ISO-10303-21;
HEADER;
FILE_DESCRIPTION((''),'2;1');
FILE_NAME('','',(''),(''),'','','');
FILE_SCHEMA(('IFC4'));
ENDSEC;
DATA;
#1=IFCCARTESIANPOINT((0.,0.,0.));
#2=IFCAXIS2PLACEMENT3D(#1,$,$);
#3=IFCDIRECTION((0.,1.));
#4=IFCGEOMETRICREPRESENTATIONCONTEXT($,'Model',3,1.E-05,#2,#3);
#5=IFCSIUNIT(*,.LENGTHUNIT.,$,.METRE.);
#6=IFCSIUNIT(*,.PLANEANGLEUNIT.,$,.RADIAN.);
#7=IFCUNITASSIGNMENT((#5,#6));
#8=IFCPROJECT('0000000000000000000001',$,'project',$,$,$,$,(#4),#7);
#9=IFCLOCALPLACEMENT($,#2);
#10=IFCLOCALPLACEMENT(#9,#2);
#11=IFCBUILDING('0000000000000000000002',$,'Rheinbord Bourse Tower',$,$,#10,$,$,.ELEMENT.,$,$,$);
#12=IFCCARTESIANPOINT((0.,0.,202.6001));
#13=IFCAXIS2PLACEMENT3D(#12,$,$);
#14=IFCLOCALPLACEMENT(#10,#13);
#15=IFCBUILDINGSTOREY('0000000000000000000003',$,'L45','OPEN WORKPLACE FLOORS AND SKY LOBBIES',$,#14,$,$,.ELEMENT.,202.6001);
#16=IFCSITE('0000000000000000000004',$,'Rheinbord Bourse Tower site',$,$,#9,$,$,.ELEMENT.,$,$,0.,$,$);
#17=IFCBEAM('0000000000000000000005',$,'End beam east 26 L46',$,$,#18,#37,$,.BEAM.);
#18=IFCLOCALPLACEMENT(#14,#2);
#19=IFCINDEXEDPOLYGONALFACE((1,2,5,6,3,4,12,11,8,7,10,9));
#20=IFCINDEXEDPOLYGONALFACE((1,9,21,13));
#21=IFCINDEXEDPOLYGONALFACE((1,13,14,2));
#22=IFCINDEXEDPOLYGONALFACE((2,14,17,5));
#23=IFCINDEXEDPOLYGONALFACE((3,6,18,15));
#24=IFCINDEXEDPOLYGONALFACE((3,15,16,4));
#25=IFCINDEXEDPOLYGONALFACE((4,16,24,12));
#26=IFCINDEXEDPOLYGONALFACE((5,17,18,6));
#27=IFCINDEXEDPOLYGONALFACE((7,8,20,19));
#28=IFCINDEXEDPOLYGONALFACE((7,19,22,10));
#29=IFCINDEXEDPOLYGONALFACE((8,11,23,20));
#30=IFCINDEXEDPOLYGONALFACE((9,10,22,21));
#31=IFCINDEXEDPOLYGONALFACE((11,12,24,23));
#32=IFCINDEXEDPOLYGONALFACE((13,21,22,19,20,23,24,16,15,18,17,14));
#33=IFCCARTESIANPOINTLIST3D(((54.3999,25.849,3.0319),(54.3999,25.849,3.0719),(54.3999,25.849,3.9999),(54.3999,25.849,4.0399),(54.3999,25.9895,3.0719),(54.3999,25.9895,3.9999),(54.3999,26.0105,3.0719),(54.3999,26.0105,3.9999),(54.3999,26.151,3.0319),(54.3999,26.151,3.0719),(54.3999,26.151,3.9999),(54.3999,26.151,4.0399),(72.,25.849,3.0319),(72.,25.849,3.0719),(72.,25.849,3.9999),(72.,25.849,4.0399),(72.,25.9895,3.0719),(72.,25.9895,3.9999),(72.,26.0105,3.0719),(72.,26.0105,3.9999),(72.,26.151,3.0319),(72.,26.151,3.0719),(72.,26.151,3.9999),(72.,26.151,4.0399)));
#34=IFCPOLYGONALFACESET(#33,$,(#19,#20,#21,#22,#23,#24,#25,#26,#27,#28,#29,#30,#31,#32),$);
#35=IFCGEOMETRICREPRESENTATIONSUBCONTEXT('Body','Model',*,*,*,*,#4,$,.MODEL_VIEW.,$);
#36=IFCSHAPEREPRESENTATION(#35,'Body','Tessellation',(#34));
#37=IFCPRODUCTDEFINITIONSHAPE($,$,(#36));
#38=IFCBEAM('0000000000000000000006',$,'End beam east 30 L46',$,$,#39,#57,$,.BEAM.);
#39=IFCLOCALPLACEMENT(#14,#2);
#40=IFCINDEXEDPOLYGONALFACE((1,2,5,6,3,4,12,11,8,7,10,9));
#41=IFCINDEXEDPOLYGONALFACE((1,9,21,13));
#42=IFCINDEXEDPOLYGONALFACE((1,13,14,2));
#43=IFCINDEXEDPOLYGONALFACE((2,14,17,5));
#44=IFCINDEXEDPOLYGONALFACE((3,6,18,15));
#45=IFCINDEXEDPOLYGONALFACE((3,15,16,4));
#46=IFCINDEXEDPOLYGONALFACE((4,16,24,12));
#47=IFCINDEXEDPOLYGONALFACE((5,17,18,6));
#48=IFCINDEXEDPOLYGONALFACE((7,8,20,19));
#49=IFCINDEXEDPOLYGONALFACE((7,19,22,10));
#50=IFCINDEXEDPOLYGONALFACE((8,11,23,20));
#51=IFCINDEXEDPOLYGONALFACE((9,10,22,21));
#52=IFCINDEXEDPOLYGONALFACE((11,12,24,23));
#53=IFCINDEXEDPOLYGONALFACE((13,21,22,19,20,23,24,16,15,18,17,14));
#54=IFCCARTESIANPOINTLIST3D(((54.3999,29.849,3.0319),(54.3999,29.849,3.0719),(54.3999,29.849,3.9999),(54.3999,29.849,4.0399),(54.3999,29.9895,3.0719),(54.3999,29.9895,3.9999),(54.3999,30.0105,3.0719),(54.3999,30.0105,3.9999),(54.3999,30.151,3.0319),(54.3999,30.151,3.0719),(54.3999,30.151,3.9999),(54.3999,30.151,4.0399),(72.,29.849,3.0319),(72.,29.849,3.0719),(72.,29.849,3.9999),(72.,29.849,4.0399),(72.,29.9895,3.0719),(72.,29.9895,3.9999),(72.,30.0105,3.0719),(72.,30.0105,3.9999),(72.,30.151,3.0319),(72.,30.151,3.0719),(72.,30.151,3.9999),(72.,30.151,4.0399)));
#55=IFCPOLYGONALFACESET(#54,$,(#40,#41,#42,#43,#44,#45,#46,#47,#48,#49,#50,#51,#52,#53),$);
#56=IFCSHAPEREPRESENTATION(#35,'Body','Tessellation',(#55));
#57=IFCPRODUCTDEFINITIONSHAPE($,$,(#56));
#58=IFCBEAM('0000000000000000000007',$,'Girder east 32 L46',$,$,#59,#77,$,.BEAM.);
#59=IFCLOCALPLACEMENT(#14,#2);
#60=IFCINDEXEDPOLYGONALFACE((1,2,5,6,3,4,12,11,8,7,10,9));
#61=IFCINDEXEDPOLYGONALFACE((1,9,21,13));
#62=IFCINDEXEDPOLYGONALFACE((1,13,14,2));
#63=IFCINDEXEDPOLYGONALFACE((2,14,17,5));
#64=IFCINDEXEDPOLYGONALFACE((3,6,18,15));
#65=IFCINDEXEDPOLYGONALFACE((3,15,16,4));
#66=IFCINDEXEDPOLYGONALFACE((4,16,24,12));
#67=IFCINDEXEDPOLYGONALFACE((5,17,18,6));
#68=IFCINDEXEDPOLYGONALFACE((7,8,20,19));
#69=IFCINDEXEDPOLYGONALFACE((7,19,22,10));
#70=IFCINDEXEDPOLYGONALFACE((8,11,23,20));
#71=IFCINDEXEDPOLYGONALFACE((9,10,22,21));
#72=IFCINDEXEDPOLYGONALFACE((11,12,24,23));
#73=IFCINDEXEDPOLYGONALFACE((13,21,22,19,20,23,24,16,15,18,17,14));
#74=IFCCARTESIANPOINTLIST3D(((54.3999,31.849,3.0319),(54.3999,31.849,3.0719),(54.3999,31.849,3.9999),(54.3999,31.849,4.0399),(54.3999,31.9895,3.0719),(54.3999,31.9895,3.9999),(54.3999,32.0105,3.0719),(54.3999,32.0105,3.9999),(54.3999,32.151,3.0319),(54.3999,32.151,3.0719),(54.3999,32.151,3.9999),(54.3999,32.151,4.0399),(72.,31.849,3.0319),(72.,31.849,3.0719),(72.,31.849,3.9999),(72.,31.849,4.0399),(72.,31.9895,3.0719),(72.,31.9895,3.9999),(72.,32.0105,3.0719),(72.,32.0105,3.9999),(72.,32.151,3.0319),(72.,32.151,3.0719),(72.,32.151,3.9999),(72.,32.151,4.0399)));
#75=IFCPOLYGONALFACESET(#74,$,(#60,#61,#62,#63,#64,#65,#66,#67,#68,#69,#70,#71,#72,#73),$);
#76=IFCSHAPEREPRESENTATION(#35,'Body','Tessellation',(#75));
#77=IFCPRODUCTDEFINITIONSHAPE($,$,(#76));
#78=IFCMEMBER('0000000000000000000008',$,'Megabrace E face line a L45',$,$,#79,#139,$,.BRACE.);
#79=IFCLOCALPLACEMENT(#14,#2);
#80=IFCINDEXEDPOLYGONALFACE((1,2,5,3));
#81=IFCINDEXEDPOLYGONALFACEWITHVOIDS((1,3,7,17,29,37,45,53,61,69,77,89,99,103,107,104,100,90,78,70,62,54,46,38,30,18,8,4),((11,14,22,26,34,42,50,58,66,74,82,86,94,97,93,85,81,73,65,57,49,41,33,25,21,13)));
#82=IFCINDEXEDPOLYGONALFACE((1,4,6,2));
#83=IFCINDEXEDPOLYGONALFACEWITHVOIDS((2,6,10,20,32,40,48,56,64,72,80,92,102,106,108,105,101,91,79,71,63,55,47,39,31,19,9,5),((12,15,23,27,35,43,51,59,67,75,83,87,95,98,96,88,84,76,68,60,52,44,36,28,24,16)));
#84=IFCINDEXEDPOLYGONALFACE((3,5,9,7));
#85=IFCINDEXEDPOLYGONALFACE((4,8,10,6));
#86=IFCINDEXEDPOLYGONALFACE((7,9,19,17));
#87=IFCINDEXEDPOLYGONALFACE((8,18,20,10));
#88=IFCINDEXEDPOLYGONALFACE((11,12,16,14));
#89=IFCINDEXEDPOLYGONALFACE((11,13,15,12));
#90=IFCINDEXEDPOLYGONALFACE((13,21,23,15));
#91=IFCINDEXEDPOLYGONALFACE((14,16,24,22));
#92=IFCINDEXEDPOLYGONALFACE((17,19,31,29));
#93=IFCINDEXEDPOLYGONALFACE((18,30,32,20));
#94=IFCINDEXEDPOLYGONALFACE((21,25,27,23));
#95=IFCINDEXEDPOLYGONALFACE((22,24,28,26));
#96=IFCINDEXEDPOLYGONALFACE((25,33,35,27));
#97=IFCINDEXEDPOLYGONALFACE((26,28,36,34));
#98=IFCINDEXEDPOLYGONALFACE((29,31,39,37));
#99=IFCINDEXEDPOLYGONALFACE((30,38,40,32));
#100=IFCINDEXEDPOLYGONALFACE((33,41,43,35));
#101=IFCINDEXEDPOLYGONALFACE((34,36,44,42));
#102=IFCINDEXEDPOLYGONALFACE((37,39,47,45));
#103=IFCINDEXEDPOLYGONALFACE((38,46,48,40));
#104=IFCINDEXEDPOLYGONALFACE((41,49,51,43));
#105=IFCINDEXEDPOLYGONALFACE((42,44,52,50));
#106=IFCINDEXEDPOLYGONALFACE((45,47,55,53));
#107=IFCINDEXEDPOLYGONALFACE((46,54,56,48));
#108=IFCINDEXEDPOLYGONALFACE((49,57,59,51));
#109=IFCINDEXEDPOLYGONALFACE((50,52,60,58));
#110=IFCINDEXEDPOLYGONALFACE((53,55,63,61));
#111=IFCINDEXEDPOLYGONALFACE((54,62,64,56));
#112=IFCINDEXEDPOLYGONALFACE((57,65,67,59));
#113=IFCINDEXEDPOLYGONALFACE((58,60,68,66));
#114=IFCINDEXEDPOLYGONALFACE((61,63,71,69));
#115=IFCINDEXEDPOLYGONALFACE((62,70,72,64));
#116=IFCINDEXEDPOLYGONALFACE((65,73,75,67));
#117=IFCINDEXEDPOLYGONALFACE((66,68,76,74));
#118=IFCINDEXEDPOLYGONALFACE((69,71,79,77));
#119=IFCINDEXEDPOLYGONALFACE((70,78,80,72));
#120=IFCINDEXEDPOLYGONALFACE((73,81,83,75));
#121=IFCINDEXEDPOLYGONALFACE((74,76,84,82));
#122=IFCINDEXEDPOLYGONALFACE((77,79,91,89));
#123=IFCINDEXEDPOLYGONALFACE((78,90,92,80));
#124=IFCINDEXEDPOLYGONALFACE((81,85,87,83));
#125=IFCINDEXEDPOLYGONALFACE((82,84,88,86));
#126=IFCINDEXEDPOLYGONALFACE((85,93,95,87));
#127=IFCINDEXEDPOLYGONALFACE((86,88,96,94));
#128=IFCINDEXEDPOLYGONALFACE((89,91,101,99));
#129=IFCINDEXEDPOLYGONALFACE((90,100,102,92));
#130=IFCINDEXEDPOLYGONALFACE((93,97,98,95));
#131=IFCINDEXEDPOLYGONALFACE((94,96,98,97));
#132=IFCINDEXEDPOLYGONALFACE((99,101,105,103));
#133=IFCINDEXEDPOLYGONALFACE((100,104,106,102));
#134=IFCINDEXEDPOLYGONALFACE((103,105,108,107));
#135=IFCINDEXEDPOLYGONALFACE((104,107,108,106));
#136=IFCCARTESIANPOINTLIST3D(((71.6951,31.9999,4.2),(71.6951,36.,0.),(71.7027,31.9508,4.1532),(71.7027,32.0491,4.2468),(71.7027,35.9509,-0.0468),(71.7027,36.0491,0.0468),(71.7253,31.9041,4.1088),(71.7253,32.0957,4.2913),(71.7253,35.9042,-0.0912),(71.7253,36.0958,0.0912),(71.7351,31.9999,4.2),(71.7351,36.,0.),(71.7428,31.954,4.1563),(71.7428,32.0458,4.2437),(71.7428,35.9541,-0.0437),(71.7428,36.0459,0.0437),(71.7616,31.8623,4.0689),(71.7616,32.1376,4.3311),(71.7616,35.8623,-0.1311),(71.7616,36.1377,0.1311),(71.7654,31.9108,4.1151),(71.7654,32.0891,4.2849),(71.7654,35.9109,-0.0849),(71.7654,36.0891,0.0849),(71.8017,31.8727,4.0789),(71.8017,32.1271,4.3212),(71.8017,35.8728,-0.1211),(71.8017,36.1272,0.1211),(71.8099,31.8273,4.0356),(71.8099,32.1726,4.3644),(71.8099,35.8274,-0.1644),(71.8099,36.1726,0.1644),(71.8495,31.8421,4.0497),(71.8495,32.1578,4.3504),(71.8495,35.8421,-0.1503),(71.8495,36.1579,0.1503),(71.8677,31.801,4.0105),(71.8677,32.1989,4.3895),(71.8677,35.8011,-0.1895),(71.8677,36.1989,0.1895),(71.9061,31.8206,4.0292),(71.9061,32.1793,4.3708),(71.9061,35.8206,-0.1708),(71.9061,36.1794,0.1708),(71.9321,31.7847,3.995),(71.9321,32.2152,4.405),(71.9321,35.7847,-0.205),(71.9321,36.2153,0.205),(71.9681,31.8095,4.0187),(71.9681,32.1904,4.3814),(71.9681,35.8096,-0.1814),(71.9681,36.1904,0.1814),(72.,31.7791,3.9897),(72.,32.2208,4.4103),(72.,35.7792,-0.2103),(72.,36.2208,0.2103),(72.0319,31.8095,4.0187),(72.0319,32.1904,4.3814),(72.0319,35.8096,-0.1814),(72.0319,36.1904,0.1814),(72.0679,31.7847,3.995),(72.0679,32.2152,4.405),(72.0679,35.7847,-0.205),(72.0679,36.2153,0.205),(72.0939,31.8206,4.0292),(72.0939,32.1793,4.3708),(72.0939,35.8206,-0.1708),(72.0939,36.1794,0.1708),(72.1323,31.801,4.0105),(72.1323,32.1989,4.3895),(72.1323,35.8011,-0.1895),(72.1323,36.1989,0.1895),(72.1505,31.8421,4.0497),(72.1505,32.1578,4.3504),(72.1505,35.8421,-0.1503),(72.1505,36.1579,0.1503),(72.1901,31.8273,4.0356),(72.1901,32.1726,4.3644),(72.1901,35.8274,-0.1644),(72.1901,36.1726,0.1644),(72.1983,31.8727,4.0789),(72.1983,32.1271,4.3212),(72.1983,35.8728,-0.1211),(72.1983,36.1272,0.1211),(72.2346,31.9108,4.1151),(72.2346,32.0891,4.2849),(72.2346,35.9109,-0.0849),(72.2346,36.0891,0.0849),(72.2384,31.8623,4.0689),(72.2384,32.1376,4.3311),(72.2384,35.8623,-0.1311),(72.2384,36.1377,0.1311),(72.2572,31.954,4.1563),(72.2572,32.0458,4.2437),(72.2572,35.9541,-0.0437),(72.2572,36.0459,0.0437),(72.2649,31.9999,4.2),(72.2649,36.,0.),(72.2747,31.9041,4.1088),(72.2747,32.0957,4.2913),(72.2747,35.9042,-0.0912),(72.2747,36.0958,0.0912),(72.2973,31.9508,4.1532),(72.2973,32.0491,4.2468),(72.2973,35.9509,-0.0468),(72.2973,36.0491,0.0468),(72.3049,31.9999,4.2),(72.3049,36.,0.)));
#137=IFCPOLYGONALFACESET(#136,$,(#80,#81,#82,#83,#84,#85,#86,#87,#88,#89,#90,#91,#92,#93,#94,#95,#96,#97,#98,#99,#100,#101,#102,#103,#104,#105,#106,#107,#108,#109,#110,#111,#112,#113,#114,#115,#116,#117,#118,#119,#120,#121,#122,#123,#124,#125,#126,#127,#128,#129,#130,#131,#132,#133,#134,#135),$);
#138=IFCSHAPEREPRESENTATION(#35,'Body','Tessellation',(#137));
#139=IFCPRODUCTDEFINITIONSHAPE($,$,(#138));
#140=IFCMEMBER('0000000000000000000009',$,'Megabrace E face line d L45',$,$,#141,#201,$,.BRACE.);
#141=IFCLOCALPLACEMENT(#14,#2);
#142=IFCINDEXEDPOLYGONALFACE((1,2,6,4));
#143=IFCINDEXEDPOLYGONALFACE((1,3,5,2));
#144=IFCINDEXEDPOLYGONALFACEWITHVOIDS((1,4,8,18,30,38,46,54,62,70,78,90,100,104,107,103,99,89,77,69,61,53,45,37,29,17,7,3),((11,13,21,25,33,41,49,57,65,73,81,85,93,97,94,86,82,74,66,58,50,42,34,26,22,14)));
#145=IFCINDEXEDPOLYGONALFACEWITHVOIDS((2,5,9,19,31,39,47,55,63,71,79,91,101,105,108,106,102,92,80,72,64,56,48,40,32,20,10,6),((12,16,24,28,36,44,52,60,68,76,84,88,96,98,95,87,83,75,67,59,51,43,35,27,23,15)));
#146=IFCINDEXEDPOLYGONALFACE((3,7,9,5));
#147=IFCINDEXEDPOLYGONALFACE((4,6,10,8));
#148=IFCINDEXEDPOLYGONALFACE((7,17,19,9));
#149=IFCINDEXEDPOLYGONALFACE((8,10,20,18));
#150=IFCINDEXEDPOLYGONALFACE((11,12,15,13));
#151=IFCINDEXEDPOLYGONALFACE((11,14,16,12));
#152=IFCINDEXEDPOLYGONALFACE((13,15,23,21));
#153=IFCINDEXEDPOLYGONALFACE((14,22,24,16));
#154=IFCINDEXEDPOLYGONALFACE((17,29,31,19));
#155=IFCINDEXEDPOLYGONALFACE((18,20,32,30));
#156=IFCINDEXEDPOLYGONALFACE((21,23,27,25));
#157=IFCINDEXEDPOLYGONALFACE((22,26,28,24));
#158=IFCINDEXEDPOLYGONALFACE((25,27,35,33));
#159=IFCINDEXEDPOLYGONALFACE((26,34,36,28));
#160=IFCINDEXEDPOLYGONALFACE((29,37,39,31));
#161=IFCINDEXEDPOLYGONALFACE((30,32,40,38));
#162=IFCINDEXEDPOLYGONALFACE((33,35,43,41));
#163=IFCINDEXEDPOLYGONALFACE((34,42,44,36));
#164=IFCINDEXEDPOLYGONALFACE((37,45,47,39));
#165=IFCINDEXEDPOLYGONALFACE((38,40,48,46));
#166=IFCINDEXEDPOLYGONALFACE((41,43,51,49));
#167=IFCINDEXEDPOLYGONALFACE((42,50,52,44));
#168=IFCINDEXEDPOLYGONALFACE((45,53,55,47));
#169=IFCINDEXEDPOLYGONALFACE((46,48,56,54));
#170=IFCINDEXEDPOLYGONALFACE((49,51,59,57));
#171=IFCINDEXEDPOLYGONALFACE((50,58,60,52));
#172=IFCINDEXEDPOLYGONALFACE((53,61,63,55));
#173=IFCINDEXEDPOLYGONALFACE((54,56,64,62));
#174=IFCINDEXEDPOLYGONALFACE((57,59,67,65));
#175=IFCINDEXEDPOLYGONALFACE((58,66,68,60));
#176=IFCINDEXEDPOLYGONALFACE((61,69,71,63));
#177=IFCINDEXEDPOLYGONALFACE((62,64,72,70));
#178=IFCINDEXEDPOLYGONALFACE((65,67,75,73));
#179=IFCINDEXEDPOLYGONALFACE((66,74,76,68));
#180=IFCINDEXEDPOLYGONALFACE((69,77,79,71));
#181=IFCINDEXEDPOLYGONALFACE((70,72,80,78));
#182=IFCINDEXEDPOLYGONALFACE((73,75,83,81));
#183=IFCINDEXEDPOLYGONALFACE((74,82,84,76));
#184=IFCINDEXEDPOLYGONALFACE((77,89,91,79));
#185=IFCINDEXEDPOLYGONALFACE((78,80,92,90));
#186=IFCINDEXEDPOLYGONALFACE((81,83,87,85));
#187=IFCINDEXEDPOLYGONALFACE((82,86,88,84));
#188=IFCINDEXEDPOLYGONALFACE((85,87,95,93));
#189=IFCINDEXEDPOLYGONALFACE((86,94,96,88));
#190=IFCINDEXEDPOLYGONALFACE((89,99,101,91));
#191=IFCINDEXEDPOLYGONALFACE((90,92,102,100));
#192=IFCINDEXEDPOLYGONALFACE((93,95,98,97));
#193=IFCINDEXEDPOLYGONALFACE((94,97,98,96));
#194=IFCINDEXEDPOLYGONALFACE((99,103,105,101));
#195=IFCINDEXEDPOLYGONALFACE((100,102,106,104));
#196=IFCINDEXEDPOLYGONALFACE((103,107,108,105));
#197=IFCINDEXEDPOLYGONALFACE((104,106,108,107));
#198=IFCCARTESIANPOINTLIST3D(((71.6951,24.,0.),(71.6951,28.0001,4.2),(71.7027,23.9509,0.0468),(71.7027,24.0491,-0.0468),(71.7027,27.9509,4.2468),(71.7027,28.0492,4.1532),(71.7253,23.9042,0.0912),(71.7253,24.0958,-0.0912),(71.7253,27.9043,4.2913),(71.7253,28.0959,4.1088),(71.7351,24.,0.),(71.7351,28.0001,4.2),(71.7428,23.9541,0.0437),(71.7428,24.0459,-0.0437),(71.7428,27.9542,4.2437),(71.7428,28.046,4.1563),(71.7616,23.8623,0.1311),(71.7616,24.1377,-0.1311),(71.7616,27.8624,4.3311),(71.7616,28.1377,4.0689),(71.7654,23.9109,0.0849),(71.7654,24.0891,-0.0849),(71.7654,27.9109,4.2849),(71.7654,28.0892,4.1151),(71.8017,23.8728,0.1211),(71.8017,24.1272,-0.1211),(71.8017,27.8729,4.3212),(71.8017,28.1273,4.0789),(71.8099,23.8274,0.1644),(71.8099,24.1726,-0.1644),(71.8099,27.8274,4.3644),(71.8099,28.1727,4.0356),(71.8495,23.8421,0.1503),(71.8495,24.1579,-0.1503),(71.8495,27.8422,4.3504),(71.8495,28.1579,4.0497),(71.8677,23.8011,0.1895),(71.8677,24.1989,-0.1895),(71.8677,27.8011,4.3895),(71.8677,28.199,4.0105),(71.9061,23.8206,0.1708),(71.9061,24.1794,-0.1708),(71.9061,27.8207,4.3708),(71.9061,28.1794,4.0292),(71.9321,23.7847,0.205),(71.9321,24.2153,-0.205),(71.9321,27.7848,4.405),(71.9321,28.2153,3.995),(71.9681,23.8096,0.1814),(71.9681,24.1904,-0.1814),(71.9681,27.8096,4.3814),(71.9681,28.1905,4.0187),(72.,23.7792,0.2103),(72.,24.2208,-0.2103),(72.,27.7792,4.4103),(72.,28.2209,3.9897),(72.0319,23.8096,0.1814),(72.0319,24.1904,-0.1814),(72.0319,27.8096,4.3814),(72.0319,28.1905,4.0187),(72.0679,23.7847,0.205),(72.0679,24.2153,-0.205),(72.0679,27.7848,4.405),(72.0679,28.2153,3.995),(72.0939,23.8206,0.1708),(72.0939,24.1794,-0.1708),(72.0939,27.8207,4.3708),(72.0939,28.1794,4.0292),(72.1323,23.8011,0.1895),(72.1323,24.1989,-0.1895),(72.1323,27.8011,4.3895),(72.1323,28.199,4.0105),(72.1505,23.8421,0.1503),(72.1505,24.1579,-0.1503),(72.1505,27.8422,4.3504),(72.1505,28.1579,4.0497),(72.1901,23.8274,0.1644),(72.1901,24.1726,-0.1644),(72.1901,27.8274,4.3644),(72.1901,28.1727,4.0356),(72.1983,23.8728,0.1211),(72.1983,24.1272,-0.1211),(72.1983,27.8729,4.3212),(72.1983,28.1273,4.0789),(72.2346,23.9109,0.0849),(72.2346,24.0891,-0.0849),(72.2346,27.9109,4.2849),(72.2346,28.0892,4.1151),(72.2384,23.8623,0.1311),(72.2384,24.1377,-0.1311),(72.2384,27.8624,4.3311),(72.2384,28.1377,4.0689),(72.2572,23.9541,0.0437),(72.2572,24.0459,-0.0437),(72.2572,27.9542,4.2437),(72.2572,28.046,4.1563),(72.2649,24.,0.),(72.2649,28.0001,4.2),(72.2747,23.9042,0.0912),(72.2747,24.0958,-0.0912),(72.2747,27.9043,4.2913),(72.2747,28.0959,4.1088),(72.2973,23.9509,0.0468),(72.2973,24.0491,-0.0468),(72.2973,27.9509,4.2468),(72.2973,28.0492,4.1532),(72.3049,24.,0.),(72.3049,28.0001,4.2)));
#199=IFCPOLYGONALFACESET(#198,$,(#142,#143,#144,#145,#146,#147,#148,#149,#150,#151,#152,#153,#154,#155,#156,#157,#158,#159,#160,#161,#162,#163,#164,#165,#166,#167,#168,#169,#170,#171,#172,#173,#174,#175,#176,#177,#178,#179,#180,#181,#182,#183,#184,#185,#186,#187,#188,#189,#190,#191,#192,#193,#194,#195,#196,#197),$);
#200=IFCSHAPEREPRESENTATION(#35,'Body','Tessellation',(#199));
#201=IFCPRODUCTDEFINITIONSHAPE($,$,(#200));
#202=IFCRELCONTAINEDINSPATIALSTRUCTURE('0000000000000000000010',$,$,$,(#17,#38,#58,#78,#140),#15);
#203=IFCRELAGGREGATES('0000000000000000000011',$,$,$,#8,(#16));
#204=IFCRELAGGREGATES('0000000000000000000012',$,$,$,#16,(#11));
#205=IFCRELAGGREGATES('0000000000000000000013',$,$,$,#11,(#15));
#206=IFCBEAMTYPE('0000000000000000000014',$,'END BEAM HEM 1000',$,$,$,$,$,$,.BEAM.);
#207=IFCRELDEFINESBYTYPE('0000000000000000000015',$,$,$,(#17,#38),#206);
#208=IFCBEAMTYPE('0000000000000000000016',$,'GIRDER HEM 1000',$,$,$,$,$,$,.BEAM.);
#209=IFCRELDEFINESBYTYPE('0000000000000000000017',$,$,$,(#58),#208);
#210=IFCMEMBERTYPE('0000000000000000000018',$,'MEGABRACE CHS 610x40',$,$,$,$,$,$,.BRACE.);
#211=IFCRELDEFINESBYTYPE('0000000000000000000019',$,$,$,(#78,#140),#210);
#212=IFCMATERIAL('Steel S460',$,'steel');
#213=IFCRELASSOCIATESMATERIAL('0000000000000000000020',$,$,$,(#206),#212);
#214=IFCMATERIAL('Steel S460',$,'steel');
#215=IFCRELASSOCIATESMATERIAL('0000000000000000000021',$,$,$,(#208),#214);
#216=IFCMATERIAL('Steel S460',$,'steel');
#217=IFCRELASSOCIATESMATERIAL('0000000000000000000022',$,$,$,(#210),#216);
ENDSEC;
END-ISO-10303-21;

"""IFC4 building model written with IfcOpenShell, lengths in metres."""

from ifc_helpers import new_model, si_unit, direction, frame, origin, origin_2d, place, context, subcontext, project, spatial, hollow_circle, i_section, extrude, material, material_profile, profile_set, type_object, element, save


model = new_model("IFC4")

# Units and contexts
model_context = context("Model", 3, precision=1e-05, world=origin(), true_north=direction((0.0, 1.0)))
body_context = subcontext(model_context, "Body", "Model", "MODEL_VIEW")
ifc_project = project(units=[si_unit("LENGTHUNIT", "METRE"), si_unit("PLANEANGLEUNIT", "RADIAN")], contexts=[model_context])

# Site, building, storey
site_placement = place(None, origin())
site = spatial("IfcSite", under=ifc_project, at=site_placement, Name="Rheinbord Bourse Tower site", CompositionType="ELEMENT", RefElevation=0.0)
building_placement = place(site_placement, origin())
building = spatial("IfcBuilding", under=site, at=building_placement, Name="Rheinbord Bourse Tower", CompositionType="ELEMENT")
storey_placement = place(building_placement, frame((0.0, 0.0, 202.6001)))
storey = spatial("IfcBuildingStorey", under=building, at=storey_placement, Name="L45", Description="OPEN WORKPLACE FLOORS AND SKY LOBBIES", CompositionType="ELEMENT", Elevation=202.6001)

# Beams
ifc_material_1 = material(Name="Steel S460", Category="steel")
ifc_material_profile_1 = material_profile(ifc_material_1, i_section(OverallWidth=0.302, OverallDepth=1.0081, WebThickness=0.021, FlangeThickness=0.04, at=origin_2d()), Name="HEM 1000")
ifc_profile_set_1 = profile_set([ifc_material_profile_1], Name="Steel S460")
beam_type_1 = type_object("IfcBeamType", Name="END BEAM HEM 1000", PredefinedType="BEAM", material=ifc_profile_set_1)
for number, where, z_axis, x_axis, name in (
    (1, (54.3999, 26.0, 3.5359), (1.0, 0.0, 0.0), (0.0, 1.0, 0.0), "End beam east 26 L46"),
    (2, (54.3999, 30.0, 3.5359), (1.0, 0.0, 0.0), (0.0, 1.0, 0.0), "End beam east 30 L46"),
):
    element("IfcBeam", number, at=place(storey_placement, frame(where, z_axis=z_axis, x_axis=x_axis)), inside=storey, type_object=beam_type_1, Name=name, PredefinedType="BEAM", context=body_context, shape_type="SweptSolid", body=[
        extrude(i_section(OverallWidth=0.302, OverallDepth=1.0081, WebThickness=0.021, FlangeThickness=0.04, at=origin_2d()), origin(), (0.0, 0.0, 1.0), 17.6001),
    ])
ifc_material_2 = material(Name="Steel S460", Category="steel")
ifc_material_profile_2 = material_profile(ifc_material_2, i_section(OverallWidth=0.302, OverallDepth=1.0081, WebThickness=0.021, FlangeThickness=0.04, at=origin_2d()), Name="HEM 1000")
ifc_profile_set_2 = profile_set([ifc_material_profile_2], Name="Steel S460")
beam_type_2 = type_object("IfcBeamType", Name="GIRDER HEM 1000", PredefinedType="BEAM", material=ifc_profile_set_2)
beam_placement = place(storey_placement, frame((54.3999, 32.0, 3.5359), z_axis=(1.0, 0.0, 0.0), x_axis=(0.0, 1.0, 0.0)))
element("IfcBeam", 3, at=beam_placement, inside=storey, type_object=beam_type_2, Name="Girder east 32 L46", PredefinedType="BEAM", context=body_context, shape_type="SweptSolid", body=[
    extrude(i_section(OverallWidth=0.302, OverallDepth=1.0081, WebThickness=0.021, FlangeThickness=0.04, at=origin_2d()), origin(), (0.0, 0.0, 1.0), 17.6001),
])

# Members
ifc_material_3 = material(Name="Steel S460", Category="steel")
ifc_material_profile_3 = material_profile(ifc_material_3, hollow_circle(Radius=0.3049, WallThickness=0.04, at=origin_2d()), Name="CHS 610x40")
ifc_profile_set_3 = profile_set([ifc_material_profile_3], Name="Steel S460")
member_type_1 = type_object("IfcMemberType", Name="MEGABRACE CHS 610x40", PredefinedType="BRACE", material=ifc_profile_set_3)
for number, where, z_axis, x_axis, name in (
    (4, (72.0, 36.0, 0.0), (0.0, -0.689659, 0.724134), (1.0, 0.0, 0.0), "Megabrace E face line a L45"),
    (5, (72.0, 24.0, 0.0), (0.0, 0.689659, 0.724134), (-1.0, 0.0, 0.0), "Megabrace E face line d L45"),
):
    element("IfcMember", number, at=place(storey_placement, frame(where, z_axis=z_axis, x_axis=x_axis)), inside=storey, type_object=member_type_1, Name=name, PredefinedType="BRACE", context=body_context, shape_type="SweptSolid", body=[
        extrude(hollow_circle(Radius=0.3049, WallThickness=0.04, at=origin_2d()), origin(), (0.0, 0.0, 1.0), 5.8),
    ])

save(model, "model.ifc")
